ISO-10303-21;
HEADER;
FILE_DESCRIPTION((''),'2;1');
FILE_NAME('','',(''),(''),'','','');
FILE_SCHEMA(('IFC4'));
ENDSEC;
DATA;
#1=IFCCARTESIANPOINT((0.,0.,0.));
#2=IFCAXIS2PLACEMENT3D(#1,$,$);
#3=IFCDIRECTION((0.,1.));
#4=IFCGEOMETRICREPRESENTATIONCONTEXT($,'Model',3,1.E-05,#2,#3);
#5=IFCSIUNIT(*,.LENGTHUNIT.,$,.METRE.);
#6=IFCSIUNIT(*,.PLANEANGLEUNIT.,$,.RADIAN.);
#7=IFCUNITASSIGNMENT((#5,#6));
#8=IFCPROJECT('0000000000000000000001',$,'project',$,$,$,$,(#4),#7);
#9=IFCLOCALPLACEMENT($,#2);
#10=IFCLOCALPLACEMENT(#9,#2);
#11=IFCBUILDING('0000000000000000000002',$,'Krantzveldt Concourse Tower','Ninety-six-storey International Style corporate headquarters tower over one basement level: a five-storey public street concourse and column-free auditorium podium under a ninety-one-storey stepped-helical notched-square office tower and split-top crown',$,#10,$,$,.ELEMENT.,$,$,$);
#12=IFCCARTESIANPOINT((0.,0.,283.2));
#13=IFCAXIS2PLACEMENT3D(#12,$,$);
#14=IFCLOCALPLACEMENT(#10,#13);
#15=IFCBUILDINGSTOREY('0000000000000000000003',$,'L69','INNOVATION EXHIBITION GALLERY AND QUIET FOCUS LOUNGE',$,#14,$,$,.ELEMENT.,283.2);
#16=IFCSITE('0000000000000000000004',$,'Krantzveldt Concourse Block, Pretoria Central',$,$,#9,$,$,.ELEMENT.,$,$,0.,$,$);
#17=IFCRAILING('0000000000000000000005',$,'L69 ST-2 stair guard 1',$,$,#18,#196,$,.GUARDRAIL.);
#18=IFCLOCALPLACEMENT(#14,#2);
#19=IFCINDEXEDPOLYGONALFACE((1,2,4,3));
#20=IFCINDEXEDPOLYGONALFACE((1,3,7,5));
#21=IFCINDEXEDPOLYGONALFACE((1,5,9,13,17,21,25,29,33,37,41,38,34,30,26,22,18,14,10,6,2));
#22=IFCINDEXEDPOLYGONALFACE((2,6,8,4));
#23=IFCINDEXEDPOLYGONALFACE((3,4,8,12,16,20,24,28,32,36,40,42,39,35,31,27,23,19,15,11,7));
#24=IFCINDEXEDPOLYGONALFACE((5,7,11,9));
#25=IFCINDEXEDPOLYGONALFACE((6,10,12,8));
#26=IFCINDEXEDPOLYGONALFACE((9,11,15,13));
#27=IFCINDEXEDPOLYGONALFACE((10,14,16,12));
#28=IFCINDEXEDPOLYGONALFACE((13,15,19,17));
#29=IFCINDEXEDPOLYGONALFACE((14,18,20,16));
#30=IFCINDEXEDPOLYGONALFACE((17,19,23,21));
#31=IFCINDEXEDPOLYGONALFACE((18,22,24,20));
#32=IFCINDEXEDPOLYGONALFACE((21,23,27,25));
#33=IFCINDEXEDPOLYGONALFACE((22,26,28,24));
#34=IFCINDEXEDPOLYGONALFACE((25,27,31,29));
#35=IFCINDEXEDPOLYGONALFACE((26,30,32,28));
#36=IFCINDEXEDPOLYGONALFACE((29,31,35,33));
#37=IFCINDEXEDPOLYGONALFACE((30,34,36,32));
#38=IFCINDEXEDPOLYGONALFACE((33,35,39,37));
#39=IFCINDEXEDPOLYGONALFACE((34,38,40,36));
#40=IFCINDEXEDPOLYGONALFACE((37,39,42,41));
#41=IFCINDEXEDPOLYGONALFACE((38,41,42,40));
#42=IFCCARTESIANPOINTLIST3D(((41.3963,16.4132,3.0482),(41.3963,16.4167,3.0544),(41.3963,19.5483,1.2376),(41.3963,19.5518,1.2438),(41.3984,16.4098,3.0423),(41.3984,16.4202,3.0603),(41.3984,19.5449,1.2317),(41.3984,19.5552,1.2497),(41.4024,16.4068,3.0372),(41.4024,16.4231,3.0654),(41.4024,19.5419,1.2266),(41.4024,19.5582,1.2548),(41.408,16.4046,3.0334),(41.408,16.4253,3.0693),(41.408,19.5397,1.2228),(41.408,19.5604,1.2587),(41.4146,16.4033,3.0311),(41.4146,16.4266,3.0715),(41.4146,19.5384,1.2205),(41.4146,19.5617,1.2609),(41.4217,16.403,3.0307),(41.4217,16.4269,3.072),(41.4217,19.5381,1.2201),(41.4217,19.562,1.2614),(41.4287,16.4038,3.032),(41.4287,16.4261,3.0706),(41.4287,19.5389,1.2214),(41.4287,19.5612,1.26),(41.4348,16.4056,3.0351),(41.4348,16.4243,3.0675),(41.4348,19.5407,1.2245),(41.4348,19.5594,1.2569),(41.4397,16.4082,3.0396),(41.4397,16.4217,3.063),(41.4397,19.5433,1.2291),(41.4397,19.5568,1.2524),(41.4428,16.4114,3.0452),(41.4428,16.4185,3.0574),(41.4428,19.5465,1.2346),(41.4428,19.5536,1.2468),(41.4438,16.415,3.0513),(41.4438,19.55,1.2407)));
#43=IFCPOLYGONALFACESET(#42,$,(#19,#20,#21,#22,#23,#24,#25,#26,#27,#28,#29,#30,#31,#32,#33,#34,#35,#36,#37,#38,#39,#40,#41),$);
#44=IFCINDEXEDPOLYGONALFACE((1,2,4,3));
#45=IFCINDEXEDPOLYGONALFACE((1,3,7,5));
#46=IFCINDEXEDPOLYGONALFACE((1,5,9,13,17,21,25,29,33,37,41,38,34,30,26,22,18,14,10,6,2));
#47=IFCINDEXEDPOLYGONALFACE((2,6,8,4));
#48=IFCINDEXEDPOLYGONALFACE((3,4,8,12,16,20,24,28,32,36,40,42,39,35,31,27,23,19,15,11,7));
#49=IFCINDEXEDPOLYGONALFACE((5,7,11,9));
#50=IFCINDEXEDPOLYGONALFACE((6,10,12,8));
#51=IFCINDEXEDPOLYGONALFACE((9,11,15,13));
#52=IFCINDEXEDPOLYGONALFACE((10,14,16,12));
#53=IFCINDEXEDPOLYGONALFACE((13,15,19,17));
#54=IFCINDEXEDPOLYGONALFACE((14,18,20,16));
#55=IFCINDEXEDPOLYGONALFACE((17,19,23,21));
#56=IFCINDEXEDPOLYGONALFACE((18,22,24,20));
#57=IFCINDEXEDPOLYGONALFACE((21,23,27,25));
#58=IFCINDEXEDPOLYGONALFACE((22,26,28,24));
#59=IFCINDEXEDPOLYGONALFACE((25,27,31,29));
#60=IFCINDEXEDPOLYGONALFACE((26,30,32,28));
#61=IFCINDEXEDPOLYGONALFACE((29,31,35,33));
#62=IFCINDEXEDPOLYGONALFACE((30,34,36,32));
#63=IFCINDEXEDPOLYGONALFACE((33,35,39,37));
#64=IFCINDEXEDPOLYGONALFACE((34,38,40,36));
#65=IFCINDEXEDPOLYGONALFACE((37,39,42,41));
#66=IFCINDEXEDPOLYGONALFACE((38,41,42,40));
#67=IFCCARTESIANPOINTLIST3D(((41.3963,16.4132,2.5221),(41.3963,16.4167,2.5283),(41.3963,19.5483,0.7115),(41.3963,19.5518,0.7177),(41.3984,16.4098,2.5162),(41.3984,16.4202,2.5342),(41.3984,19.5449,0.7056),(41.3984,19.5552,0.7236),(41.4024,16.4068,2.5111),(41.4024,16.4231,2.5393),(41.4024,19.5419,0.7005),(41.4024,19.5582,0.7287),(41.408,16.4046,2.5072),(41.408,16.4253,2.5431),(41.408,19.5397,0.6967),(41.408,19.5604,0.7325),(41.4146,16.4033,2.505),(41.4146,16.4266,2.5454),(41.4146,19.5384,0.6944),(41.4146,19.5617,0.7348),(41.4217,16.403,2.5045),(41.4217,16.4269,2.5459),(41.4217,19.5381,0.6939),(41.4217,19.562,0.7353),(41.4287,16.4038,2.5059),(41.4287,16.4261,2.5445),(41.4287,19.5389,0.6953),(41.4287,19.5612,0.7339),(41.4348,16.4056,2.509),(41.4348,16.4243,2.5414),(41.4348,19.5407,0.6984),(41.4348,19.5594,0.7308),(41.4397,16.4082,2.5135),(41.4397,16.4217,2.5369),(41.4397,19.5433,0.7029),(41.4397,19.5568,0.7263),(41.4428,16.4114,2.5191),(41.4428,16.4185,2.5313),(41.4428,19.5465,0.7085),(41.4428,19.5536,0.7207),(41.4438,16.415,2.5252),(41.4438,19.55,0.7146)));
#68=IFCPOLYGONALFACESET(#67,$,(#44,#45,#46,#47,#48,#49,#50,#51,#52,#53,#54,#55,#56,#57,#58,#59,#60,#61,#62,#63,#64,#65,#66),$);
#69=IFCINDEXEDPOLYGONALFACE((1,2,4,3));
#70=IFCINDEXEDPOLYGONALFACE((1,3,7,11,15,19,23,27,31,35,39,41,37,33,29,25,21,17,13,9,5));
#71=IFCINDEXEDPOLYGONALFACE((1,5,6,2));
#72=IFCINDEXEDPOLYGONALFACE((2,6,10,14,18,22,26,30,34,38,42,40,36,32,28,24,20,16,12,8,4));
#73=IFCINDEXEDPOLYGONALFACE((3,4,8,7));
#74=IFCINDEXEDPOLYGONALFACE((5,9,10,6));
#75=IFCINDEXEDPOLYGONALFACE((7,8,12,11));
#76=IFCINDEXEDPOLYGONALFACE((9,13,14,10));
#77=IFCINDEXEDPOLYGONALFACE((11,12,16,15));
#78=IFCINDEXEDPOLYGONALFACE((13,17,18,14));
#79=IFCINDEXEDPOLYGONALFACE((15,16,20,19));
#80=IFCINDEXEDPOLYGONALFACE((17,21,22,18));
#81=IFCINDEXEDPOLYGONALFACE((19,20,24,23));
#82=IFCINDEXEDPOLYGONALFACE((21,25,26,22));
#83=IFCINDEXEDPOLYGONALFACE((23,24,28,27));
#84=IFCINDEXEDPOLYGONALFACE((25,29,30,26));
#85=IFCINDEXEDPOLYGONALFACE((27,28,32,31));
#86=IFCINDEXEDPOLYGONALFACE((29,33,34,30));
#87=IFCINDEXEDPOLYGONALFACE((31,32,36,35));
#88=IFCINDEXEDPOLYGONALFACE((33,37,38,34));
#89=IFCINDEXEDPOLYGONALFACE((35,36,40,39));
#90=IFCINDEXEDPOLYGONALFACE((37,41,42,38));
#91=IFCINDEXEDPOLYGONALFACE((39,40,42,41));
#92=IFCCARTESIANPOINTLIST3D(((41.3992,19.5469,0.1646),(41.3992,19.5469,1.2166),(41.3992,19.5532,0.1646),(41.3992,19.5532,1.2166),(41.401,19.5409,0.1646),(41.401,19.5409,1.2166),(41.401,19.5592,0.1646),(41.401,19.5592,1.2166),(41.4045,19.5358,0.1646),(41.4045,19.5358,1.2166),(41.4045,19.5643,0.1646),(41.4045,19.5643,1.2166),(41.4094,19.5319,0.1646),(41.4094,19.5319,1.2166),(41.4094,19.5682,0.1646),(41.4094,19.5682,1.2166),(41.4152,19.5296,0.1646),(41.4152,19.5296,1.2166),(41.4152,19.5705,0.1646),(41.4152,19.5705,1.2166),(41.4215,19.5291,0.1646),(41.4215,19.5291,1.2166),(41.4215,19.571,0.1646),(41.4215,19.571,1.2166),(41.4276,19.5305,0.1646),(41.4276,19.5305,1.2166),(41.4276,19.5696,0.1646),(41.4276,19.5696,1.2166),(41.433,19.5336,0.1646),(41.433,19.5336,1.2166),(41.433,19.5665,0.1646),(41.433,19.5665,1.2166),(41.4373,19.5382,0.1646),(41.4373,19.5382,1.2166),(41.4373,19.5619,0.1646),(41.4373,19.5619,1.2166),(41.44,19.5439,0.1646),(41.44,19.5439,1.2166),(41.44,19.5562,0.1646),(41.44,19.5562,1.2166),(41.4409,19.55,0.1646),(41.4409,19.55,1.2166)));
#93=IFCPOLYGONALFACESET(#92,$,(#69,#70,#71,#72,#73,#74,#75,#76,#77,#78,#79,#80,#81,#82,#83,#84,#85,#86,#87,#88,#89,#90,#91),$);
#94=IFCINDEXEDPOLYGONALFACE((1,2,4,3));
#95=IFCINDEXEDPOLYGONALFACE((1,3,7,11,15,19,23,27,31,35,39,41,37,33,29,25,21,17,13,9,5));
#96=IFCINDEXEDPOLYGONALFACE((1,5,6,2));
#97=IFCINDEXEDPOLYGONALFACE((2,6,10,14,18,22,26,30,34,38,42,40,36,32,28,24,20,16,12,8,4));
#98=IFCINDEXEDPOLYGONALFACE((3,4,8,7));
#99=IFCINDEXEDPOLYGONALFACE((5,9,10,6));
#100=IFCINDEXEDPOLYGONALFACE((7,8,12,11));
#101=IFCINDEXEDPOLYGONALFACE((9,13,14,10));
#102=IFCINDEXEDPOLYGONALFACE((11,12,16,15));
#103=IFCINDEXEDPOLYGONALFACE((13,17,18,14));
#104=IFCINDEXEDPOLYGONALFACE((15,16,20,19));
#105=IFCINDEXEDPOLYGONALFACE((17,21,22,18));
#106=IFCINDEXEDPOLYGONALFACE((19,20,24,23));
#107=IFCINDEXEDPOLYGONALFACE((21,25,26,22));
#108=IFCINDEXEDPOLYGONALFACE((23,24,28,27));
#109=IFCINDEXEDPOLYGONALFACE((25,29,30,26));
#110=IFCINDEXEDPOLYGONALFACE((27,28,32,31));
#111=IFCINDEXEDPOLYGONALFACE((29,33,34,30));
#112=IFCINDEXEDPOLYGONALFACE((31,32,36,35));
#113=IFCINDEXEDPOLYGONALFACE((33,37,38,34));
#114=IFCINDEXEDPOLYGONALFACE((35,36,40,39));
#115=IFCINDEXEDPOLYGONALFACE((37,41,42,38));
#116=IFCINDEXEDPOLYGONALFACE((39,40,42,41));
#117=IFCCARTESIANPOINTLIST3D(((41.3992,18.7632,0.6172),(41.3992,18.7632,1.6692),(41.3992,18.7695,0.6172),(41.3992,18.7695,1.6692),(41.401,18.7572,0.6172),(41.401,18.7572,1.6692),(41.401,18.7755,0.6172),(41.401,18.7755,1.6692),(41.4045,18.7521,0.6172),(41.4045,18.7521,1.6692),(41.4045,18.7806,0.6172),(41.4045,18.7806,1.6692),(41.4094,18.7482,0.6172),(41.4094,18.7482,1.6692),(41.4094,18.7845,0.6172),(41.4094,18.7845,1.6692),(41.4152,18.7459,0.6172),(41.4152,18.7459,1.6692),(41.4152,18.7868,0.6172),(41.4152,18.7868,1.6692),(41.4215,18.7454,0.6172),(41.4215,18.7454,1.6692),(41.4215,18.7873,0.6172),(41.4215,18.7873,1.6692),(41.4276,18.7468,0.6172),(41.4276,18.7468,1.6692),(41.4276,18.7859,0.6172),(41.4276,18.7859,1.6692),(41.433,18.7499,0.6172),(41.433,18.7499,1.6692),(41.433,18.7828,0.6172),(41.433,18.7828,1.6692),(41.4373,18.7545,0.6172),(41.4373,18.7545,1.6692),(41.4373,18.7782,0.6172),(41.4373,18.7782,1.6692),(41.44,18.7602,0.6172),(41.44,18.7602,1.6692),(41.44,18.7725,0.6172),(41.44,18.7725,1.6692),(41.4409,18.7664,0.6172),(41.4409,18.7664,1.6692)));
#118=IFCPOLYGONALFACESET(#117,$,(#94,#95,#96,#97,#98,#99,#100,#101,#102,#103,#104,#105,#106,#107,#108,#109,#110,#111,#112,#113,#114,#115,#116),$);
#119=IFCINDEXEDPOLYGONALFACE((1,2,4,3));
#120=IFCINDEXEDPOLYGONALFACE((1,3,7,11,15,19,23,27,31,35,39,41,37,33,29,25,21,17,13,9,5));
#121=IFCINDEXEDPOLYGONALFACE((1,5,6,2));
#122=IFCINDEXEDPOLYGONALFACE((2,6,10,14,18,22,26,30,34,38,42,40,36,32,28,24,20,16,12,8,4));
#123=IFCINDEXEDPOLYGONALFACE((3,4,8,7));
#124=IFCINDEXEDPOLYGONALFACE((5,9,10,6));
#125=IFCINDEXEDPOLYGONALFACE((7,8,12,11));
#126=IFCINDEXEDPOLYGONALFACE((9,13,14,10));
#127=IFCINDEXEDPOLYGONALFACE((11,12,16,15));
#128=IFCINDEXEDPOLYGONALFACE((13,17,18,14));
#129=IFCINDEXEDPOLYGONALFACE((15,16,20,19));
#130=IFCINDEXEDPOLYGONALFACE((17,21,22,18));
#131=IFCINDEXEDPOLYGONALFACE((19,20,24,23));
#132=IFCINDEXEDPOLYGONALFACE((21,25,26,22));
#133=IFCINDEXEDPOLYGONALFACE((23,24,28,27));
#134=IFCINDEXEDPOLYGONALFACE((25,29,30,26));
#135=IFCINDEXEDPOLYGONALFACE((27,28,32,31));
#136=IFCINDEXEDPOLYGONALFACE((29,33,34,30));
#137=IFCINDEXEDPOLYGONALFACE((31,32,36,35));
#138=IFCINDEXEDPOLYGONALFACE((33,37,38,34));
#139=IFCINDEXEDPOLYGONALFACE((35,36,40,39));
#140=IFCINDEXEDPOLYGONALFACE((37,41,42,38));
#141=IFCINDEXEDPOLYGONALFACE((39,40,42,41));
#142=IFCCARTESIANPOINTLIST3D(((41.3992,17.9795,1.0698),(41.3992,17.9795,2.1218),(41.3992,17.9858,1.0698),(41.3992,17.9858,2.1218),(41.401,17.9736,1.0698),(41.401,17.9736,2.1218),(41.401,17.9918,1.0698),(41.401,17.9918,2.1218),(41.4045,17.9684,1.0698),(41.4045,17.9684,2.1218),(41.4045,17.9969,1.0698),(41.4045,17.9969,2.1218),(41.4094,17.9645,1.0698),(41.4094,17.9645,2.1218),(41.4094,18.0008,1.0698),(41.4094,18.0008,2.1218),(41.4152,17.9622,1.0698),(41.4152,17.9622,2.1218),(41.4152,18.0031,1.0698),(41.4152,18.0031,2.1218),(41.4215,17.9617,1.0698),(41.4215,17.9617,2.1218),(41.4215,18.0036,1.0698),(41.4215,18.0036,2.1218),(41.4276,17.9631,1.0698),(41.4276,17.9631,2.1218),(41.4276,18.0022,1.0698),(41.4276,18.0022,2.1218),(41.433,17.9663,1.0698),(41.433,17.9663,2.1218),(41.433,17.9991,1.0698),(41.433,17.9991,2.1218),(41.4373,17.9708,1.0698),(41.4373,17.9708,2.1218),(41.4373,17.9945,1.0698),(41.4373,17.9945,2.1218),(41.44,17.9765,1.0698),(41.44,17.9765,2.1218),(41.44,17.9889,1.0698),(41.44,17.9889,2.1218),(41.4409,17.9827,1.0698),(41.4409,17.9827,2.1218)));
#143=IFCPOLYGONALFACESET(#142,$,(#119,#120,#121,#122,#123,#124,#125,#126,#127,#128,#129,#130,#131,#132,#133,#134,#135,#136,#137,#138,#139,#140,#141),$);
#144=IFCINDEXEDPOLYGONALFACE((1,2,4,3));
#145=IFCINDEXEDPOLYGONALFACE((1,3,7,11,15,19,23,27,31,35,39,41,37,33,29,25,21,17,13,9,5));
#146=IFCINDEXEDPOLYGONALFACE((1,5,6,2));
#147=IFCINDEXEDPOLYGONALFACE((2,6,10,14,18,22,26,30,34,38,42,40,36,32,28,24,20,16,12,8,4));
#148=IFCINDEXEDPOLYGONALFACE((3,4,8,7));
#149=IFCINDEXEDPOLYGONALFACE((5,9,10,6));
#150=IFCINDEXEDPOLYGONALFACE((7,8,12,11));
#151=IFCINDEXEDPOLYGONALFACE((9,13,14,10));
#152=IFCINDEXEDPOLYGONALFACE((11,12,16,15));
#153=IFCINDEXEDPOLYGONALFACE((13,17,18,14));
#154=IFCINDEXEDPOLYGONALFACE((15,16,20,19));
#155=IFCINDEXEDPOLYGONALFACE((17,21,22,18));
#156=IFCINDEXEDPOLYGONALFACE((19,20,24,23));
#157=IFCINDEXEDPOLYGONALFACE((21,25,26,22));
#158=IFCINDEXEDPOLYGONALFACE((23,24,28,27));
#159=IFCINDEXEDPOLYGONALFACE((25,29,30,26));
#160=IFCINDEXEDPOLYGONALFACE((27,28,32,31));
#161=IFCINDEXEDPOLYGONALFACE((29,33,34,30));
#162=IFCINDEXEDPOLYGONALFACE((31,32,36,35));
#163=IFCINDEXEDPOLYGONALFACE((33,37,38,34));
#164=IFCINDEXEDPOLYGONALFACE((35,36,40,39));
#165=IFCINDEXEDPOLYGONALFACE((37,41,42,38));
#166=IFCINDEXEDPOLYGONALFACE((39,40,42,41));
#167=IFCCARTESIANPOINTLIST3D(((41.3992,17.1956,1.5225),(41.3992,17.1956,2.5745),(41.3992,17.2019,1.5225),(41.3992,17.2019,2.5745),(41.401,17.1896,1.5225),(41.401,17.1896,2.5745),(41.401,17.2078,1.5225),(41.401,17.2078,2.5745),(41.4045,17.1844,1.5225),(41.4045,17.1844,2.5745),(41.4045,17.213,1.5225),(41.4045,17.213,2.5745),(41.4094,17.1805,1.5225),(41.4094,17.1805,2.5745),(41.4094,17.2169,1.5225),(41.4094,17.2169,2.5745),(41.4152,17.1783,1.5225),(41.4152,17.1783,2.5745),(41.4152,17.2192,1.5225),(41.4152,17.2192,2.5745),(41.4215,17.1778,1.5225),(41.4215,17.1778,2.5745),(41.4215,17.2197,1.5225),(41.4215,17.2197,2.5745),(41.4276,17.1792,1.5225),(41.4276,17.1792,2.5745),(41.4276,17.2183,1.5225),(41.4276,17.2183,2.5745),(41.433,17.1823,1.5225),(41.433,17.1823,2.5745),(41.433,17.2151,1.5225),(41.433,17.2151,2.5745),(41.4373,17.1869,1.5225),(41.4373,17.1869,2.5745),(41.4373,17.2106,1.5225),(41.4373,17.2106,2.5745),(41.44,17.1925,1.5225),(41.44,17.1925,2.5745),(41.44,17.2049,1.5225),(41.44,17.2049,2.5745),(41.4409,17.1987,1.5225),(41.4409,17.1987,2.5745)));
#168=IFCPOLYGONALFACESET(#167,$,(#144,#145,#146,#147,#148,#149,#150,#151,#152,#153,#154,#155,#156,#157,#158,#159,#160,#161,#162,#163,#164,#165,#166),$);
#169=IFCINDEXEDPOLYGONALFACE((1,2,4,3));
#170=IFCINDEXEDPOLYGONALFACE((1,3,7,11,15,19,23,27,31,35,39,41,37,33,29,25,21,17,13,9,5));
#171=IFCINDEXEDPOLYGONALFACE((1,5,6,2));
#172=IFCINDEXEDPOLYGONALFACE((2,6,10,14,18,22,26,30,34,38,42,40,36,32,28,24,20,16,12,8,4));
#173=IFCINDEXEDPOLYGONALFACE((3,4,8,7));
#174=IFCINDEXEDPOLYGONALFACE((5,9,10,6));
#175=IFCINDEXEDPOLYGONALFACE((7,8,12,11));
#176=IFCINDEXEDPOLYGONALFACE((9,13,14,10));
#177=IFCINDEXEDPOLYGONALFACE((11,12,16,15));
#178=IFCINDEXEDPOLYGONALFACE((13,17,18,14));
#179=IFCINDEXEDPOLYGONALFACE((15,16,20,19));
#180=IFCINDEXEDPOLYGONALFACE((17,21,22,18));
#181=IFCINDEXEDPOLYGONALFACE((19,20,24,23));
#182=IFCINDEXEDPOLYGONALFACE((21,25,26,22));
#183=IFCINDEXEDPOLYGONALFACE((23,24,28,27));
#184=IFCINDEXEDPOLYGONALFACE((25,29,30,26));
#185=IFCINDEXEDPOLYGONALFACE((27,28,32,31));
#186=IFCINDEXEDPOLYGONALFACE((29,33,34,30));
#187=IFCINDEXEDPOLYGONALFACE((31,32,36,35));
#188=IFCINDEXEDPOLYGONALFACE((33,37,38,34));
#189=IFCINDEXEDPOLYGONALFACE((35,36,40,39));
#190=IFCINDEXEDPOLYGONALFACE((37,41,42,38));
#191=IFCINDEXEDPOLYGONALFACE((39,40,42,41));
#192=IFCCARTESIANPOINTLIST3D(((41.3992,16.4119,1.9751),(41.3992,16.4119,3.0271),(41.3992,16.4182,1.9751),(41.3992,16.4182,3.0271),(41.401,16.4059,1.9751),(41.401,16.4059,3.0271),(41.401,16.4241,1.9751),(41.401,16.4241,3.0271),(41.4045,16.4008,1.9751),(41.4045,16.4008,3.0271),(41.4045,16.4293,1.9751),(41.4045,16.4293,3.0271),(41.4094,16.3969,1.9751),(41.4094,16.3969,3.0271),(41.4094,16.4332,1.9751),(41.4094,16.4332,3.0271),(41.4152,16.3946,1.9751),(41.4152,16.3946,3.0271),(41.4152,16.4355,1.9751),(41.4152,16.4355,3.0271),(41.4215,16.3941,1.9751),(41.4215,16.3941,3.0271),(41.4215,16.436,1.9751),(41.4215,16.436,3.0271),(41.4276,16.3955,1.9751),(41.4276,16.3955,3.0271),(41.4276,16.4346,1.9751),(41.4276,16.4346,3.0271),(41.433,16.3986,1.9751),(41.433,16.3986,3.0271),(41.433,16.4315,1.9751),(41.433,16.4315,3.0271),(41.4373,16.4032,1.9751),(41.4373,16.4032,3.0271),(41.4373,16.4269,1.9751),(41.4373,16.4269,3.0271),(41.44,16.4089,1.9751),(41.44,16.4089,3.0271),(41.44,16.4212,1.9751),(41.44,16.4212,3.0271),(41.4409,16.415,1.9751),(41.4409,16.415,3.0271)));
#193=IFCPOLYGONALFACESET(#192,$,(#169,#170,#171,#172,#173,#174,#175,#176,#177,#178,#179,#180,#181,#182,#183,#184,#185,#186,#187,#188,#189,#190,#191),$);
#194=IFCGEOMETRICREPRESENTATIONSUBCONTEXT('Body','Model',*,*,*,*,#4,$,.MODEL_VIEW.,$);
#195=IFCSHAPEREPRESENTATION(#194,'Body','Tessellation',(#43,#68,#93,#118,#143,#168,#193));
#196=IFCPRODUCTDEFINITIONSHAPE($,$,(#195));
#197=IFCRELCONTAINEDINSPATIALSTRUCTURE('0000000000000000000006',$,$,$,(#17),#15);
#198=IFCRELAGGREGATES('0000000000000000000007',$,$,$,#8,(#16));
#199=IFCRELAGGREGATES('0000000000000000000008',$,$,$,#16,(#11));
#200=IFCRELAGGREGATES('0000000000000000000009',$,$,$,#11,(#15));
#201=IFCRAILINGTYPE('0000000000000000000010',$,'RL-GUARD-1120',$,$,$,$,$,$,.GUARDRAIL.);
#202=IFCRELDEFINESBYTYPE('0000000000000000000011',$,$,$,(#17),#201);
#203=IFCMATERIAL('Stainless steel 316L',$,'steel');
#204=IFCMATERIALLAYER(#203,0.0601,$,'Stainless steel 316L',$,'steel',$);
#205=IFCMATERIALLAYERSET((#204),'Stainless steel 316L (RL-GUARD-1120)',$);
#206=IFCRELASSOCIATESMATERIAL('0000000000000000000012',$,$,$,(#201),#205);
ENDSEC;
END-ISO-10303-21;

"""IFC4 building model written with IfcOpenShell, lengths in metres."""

from ifc_helpers import new_model, si_unit, direction, frame, origin, origin_2d, place, context, subcontext, project, spatial, circle, extrude, material, layer, layer_set, type_object, element, save


model = new_model("IFC4")

# Units and contexts
model_context = context("Model", 3, precision=1e-05, world=origin(), true_north=direction((0.0, 1.0)))
body_context = subcontext(model_context, "Body", "Model", "MODEL_VIEW")
ifc_project = project(units=[si_unit("LENGTHUNIT", "METRE"), si_unit("PLANEANGLEUNIT", "RADIAN")], contexts=[model_context])

# Site, building, storey
site_placement = place(None, origin())
site = spatial("IfcSite", under=ifc_project, at=site_placement, Name="Krantzveldt Concourse Block, Pretoria Central", CompositionType="ELEMENT", RefElevation=0.0)
building_placement = place(site_placement, origin())
building = spatial("IfcBuilding", under=site, at=building_placement, Name="Krantzveldt Concourse Tower", Description="Ninety-six-storey International Style corporate headquarters tower over one basement level: a five-storey public street concourse and column-free auditorium podium under a ninety-one-storey stepped-helical notched-square office tower and split-top crown", CompositionType="ELEMENT")
storey_placement = place(building_placement, frame((0.0, 0.0, 283.2)))
storey = spatial("IfcBuildingStorey", under=building, at=storey_placement, Name="L69", Description="INNOVATION EXHIBITION GALLERY AND QUIET FOCUS LOUNGE", CompositionType="ELEMENT", Elevation=283.2)

# Shared definitions
ifc_material_1 = material(Name="Stainless steel 316L", Category="steel")

# Railing
ifc_layer_1 = layer(ifc_material_1, 0.0601, Name="Stainless steel 316L", Category="steel")
ifc_layer_set_1 = layer_set([ifc_layer_1], Name="Stainless steel 316L (RL-GUARD-1120)")
railing_type_1 = type_object("IfcRailingType", Name="RL-GUARD-1120", PredefinedType="GUARDRAIL", material=ifc_layer_set_1)
railing_1_placement = place(storey_placement, frame((41.4199, 19.55, 0.1646)))
element("IfcRailing", 1, at=railing_1_placement, inside=storey, type_object=railing_type_1, Name="L69 ST-2 stair guard 1", PredefinedType="GUARDRAIL", context=body_context, shape_type="SweptSolid", body=[
    extrude(circle(Radius=0.0239, at=origin_2d()), frame((0.0, 0.0, 1.0762), z_axis=(0.0, -0.86596, 0.500114), x_axis=(1.0, 0.0, 0.0)), (0.0, 0.0, 1.0), 3.6204),
    extrude(circle(Radius=0.0239, at=origin_2d()), frame((0.0, 0.0, 0.55), z_axis=(0.0, -0.86596, 0.500114), x_axis=(1.0, 0.0, 0.0)), (0.0, 0.0, 1.0), 3.6204),
    extrude(circle(Radius=0.021, at=origin_2d()), origin(), (0.0, 0.0, 1.0), 1.052),
    extrude(circle(Radius=0.021, at=origin_2d()), frame((0.0, -0.7837, 0.4526)), (0.0, 0.0, 1.0), 1.052),
    extrude(circle(Radius=0.021, at=origin_2d()), frame((0.0, -1.5674, 0.9053)), (0.0, 0.0, 1.0), 1.052),
    extrude(circle(Radius=0.021, at=origin_2d()), frame((0.0, -2.3513, 1.3579)), (0.0, 0.0, 1.0), 1.052),
    extrude(circle(Radius=0.021, at=origin_2d()), frame((0.0, -3.135, 1.8105)), (0.0, 0.0, 1.0), 1.052),
])

save(model, "model.ifc")
